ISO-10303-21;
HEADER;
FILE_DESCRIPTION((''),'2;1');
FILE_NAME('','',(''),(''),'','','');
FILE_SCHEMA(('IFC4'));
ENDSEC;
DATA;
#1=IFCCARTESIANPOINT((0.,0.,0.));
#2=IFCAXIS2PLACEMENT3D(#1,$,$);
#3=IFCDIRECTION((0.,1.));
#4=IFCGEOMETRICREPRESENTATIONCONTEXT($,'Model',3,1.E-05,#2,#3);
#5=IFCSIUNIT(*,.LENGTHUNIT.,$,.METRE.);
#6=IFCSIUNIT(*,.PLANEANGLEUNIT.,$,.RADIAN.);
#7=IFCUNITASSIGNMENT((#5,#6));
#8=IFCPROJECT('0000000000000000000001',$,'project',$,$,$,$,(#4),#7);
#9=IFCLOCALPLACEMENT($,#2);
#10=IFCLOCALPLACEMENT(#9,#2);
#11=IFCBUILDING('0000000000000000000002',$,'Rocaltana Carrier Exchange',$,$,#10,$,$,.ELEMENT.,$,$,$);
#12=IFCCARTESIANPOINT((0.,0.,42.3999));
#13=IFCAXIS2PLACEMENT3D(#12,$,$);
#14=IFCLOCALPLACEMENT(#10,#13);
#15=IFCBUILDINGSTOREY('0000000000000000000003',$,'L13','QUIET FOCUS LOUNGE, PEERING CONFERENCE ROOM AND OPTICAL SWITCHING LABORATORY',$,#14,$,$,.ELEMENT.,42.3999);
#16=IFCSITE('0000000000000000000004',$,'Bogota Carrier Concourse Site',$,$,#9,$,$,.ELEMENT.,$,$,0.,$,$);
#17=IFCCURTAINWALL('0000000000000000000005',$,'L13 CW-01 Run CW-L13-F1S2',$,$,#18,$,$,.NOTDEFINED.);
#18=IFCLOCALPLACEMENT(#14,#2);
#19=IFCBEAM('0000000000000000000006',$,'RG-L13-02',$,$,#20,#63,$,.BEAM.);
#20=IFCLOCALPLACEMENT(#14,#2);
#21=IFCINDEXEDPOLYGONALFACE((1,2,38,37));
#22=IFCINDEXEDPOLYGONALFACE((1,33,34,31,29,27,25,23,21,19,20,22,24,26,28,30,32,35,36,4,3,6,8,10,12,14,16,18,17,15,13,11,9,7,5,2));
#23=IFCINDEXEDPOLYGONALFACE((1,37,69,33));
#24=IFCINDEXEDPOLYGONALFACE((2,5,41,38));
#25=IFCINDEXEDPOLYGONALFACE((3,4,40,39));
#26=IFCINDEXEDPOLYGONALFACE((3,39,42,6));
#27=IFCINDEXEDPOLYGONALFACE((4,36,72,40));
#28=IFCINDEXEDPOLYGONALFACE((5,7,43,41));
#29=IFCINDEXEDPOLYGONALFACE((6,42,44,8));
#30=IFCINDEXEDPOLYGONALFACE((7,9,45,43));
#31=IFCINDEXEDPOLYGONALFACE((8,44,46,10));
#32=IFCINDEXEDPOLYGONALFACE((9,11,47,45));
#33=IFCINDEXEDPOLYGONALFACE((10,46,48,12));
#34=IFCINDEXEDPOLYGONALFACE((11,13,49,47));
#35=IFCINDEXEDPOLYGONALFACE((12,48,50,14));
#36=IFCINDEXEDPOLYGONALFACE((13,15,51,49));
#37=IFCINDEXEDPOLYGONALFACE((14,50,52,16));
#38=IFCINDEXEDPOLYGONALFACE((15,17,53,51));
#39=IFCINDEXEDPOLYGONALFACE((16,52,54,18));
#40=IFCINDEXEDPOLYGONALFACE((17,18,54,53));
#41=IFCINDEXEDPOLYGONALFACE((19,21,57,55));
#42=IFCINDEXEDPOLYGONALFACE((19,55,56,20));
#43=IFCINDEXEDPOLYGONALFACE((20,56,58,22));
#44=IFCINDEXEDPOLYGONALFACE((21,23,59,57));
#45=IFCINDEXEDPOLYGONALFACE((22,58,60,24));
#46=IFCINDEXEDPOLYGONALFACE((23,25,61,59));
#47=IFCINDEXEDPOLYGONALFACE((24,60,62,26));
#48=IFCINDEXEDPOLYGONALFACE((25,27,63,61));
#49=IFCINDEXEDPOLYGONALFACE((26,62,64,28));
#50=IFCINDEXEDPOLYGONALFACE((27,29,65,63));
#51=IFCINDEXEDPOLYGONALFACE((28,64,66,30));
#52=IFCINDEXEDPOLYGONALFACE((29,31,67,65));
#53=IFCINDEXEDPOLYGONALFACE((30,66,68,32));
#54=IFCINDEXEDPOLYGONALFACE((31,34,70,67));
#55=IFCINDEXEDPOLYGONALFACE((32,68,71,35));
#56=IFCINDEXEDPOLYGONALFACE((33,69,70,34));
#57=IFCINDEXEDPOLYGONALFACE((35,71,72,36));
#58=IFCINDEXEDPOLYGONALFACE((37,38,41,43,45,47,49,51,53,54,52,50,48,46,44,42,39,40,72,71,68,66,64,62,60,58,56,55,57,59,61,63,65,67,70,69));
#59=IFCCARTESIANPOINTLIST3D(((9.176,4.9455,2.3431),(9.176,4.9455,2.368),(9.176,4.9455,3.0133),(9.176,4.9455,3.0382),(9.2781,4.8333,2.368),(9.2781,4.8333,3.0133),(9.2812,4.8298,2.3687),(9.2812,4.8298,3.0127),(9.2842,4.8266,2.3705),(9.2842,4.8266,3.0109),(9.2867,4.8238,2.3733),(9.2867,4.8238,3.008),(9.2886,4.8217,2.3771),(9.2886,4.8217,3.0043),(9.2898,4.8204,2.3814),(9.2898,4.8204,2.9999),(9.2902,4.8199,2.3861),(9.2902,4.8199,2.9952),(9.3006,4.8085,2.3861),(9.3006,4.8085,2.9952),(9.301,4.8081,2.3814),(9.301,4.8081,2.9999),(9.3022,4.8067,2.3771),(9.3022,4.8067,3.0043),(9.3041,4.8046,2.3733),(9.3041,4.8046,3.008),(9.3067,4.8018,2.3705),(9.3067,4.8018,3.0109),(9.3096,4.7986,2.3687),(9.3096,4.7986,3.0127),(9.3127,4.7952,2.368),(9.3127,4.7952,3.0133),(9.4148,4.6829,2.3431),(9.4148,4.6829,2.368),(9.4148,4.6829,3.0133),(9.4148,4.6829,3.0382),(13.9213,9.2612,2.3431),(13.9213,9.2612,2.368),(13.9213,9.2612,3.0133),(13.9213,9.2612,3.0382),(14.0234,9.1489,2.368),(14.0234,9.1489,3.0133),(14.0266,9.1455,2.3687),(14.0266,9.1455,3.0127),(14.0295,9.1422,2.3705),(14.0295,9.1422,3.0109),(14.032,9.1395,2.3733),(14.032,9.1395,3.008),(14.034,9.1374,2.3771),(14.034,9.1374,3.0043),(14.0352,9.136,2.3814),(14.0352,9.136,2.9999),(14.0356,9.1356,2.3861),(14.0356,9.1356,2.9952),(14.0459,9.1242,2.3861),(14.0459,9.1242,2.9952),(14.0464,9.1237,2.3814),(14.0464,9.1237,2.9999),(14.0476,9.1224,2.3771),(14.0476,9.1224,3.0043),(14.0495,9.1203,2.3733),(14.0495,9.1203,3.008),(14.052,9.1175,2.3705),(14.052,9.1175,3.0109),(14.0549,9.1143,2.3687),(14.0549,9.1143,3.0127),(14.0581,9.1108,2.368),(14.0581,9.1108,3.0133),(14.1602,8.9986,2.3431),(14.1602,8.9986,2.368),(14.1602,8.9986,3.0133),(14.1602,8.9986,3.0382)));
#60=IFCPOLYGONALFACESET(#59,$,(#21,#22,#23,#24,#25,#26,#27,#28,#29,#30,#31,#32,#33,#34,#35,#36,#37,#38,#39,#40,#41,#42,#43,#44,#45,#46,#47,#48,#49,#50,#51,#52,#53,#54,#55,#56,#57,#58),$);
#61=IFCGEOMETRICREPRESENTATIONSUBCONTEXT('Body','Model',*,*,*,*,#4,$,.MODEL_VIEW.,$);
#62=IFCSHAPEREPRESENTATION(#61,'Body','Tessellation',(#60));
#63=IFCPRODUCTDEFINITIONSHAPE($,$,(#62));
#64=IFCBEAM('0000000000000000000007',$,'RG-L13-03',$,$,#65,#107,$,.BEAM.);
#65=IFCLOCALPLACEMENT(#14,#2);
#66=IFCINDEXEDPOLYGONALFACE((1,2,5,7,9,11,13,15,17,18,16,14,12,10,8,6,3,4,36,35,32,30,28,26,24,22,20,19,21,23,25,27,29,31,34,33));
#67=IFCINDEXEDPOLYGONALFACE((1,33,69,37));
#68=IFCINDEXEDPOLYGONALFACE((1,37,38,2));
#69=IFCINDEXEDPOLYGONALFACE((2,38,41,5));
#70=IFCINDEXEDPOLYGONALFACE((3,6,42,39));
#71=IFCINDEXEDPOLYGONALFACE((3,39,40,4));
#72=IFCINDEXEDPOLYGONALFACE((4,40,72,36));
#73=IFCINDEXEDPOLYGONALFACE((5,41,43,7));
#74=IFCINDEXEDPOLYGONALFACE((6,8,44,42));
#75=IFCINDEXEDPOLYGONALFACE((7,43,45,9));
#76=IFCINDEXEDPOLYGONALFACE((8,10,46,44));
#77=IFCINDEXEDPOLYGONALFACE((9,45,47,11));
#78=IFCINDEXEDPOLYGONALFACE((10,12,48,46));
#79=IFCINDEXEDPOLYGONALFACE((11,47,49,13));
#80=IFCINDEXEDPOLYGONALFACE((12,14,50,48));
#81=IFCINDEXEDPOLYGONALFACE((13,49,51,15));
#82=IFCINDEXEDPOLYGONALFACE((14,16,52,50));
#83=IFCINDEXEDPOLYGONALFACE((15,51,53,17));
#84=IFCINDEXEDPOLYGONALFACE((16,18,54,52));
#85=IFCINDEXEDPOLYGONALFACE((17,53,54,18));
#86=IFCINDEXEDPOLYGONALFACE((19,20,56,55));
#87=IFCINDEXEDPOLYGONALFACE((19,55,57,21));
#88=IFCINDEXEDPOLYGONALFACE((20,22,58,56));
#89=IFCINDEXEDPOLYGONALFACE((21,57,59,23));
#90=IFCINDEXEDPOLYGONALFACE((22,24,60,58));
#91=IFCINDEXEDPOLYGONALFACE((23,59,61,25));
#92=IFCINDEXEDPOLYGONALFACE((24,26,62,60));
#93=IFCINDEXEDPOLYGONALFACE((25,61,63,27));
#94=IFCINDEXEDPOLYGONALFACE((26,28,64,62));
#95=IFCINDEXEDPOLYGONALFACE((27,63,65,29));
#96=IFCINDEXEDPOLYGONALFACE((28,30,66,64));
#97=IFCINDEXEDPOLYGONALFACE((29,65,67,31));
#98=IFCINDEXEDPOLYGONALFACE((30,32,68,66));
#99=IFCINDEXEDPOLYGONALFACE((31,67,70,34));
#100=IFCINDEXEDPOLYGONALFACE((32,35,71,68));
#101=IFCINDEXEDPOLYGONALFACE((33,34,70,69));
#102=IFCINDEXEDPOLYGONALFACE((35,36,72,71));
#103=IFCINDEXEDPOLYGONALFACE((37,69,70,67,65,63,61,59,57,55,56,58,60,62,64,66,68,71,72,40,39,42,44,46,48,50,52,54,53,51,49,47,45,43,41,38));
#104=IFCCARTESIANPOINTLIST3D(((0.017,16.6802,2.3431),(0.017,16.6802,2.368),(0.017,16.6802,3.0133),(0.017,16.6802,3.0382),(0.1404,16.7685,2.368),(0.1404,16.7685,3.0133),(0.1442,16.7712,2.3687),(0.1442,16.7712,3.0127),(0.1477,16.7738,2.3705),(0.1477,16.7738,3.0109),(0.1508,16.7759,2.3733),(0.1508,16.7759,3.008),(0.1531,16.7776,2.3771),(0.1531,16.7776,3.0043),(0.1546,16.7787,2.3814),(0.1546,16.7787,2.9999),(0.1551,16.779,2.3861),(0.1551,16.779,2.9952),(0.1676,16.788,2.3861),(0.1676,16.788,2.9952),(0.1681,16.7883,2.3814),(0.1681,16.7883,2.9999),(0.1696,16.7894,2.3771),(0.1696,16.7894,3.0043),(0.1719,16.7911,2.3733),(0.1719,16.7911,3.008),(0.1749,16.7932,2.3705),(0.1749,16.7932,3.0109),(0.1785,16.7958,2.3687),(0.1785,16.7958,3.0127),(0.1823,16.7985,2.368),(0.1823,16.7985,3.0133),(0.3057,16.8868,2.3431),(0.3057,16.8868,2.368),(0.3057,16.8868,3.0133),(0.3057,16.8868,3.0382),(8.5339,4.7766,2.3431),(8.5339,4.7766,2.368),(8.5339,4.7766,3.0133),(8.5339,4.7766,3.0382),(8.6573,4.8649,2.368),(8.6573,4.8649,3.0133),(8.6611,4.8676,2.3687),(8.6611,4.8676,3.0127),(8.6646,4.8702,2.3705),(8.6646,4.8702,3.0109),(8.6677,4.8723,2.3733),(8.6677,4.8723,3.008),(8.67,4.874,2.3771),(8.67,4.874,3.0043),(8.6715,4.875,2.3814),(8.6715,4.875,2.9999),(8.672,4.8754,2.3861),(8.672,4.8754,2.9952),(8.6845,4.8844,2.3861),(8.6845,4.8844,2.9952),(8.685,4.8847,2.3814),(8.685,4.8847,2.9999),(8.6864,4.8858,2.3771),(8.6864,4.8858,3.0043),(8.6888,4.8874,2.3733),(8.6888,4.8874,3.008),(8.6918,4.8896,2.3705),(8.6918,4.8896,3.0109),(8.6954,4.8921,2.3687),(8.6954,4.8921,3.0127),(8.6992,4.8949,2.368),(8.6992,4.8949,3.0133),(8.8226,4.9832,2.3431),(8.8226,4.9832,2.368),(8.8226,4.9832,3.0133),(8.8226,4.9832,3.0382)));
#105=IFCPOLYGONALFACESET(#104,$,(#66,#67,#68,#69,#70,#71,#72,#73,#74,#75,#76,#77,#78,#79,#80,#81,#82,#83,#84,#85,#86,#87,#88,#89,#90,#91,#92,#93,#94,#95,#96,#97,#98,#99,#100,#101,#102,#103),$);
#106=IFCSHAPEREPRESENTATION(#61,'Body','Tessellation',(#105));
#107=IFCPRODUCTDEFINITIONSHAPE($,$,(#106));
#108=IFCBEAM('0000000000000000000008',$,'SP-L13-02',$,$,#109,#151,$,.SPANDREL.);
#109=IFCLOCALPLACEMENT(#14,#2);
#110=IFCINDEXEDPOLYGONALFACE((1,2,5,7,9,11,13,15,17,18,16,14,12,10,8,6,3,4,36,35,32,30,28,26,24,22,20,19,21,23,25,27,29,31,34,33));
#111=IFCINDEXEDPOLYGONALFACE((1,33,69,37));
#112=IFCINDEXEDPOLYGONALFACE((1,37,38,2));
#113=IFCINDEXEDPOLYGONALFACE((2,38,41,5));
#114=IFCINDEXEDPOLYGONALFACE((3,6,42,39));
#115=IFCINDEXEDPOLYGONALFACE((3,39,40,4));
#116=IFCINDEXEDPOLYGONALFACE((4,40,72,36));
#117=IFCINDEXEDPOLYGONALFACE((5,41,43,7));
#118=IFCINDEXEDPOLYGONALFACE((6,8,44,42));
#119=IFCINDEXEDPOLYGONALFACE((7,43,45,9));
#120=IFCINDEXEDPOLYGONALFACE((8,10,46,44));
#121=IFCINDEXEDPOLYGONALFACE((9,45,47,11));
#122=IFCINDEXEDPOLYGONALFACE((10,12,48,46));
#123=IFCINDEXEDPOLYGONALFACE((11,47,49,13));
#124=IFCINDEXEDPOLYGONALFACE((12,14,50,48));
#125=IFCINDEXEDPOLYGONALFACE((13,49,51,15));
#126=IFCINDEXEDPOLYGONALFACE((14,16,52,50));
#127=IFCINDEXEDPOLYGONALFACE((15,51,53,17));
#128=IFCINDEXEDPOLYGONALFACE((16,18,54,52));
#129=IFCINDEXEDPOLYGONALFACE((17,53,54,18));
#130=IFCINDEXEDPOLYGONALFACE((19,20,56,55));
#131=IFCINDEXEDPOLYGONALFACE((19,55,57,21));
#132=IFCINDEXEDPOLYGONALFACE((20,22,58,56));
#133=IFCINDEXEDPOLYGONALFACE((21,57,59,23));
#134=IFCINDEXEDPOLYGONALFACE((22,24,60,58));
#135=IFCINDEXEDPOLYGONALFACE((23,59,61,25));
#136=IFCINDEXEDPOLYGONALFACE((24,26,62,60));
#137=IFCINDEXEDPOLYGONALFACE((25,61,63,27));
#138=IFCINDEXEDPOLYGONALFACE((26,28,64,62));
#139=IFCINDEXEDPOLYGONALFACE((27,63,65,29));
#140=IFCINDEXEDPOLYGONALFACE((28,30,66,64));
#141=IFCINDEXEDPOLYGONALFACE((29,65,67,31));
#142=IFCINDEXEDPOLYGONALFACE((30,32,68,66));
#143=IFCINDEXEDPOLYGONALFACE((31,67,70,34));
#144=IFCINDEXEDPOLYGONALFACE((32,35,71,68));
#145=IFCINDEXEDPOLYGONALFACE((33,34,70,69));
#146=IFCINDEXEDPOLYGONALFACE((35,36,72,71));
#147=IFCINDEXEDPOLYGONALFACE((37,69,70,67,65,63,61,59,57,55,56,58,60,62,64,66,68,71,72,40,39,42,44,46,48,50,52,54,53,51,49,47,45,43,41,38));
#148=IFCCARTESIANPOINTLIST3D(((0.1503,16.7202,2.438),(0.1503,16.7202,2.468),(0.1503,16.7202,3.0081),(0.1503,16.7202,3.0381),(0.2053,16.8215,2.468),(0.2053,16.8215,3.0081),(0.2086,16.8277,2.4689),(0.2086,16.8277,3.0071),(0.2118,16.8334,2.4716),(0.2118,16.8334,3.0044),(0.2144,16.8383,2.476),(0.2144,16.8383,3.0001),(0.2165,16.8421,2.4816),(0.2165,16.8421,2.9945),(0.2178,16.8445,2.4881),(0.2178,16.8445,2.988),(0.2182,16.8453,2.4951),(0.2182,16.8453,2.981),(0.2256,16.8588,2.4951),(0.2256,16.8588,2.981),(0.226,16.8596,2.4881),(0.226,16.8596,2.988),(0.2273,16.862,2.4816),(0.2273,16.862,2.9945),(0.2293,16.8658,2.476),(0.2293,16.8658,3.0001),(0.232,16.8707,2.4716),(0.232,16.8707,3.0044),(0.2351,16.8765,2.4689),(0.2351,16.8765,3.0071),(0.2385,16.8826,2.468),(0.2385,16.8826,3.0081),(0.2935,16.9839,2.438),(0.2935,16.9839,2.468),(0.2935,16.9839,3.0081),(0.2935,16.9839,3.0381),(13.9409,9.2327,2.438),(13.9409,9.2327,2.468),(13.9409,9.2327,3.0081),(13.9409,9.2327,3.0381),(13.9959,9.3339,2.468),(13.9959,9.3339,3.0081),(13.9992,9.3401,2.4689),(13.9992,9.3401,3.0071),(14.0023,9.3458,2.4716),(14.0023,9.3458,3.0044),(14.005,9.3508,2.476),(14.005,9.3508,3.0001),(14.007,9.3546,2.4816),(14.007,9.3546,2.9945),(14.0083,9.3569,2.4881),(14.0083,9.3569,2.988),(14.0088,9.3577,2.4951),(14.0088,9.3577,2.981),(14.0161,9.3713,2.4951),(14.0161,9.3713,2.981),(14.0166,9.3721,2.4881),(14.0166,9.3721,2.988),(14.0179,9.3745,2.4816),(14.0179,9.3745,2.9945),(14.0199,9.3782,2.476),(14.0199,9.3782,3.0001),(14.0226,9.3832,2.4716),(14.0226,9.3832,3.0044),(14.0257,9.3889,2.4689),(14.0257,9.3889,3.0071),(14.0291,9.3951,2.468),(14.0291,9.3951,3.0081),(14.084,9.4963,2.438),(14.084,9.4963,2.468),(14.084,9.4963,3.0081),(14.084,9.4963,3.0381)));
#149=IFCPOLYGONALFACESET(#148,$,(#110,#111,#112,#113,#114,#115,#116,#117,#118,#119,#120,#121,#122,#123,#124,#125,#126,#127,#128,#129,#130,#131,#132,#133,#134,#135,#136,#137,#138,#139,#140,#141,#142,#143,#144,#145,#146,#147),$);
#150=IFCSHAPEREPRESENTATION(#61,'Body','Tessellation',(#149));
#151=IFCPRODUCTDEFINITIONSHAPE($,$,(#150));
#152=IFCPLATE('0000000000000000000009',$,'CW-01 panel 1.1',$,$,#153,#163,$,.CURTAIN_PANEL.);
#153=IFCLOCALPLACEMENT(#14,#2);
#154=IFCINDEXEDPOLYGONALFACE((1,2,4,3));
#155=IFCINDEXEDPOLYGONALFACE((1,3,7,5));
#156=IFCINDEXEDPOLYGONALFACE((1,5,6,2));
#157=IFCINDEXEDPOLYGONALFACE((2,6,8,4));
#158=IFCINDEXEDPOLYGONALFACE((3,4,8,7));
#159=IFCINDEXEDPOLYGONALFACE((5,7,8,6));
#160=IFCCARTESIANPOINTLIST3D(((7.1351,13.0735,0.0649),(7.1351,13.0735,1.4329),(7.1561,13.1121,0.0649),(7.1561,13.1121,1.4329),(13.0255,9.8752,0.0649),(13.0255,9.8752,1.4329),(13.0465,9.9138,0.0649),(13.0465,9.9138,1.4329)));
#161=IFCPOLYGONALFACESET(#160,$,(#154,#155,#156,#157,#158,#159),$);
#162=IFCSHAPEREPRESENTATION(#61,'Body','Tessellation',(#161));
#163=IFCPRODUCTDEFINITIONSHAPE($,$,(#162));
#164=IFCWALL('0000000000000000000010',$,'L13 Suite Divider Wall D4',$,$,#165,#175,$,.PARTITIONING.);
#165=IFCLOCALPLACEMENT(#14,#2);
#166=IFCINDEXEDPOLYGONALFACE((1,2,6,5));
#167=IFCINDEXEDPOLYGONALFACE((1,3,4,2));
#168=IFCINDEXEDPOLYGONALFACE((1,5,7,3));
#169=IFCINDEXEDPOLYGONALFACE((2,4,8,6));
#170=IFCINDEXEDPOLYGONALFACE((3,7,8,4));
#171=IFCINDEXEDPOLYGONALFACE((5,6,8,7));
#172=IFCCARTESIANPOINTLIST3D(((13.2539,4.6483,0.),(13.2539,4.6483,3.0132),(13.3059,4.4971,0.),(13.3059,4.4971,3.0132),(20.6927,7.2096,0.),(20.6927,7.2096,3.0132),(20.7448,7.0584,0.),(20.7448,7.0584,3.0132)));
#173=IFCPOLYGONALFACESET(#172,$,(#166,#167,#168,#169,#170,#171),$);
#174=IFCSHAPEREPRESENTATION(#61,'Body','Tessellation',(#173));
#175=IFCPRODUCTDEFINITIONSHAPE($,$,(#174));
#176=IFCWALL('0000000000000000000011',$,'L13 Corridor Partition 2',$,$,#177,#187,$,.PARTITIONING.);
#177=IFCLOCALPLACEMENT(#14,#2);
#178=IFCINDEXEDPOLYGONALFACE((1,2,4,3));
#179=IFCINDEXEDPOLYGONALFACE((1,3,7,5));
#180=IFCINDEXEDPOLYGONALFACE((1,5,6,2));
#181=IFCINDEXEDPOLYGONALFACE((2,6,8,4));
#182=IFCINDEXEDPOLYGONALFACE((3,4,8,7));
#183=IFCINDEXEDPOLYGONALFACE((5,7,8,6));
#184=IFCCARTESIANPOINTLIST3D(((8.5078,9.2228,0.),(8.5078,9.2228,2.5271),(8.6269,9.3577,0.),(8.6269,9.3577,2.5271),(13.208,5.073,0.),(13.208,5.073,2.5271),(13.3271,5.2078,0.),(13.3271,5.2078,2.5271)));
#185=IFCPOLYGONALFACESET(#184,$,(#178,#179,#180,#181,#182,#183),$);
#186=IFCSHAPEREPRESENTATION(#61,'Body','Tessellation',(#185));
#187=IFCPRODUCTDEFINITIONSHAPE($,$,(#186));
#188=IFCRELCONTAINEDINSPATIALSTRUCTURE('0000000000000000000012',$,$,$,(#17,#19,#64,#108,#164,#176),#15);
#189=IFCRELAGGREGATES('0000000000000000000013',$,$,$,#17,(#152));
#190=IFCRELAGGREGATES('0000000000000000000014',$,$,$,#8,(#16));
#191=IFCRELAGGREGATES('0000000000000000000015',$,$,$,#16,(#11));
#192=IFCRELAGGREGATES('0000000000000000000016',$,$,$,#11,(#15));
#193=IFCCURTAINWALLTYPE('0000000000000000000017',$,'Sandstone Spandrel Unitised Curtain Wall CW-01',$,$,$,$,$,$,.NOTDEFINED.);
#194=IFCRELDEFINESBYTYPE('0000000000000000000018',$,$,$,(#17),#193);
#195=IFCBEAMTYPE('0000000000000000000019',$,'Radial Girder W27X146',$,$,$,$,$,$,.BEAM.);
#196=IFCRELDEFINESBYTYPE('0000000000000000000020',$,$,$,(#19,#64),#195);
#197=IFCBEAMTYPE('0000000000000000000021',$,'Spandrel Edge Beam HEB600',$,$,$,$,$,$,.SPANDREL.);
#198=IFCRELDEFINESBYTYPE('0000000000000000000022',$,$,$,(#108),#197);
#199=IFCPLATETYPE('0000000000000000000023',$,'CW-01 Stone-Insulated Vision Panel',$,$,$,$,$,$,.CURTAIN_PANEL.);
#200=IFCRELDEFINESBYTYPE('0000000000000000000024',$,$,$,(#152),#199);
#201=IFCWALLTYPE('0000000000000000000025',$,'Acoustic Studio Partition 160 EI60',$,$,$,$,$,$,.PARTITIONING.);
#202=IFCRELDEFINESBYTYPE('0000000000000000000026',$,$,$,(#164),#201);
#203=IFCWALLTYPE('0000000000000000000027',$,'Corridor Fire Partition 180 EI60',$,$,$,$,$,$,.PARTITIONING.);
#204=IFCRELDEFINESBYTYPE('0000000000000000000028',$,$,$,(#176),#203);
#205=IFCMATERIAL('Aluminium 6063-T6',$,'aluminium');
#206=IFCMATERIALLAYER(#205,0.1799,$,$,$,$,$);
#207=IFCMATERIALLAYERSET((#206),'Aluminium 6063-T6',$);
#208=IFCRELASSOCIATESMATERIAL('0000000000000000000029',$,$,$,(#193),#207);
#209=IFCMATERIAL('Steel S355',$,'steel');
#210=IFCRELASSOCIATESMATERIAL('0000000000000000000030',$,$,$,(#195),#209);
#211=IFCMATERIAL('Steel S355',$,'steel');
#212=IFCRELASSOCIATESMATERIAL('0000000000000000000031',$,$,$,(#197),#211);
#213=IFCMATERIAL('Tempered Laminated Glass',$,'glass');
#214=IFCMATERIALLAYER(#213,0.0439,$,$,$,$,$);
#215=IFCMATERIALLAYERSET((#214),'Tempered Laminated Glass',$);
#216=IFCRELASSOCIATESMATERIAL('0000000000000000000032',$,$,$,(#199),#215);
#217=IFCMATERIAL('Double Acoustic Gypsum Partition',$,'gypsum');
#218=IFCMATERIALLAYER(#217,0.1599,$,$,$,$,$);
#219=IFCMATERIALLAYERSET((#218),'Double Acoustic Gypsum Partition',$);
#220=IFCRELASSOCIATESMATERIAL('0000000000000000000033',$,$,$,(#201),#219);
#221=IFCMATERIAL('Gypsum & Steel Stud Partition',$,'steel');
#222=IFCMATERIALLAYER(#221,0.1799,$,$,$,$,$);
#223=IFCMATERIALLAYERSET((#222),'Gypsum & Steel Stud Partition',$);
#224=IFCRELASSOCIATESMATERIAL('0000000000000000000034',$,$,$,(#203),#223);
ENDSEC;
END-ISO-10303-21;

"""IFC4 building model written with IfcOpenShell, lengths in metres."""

from ifc_helpers import new_model, si_unit, direction, frame, frame_2d, origin, origin_2d, place, context, subcontext, project, spatial, rectangle, i_section, extrude, material, layer, layer_set, material_profile, profile_set, type_object, element, aggregate, save


model = new_model("IFC4")

# Units and contexts
model_context = context("Model", 3, precision=1e-05, world=origin(), true_north=direction((0.0, 1.0)))
body_context = subcontext(model_context, "Body", "Model", "MODEL_VIEW")
ifc_project = project(units=[si_unit("LENGTHUNIT", "METRE"), si_unit("PLANEANGLEUNIT", "RADIAN")], contexts=[model_context])

# Site, building, storey
site_placement = place(None, origin())
site = spatial("IfcSite", under=ifc_project, at=site_placement, Name="Bogota Carrier Concourse Site", CompositionType="ELEMENT", RefElevation=0.0)
building_placement = place(site_placement, origin())
building = spatial("IfcBuilding", under=site, at=building_placement, Name="Rocaltana Carrier Exchange", CompositionType="ELEMENT")
storey_placement = place(building_placement, frame((0.0, 0.0, 42.3999)))
storey = spatial("IfcBuildingStorey", under=building, at=storey_placement, Name="L13", Description="QUIET FOCUS LOUNGE, PEERING CONFERENCE ROOM AND OPTICAL SWITCHING LABORATORY", CompositionType="ELEMENT", Elevation=42.3999)

# Curtain wall
ifc_material_1 = material(Name="Aluminium 6063-T6", Category="aluminium")
ifc_layer_1 = layer(ifc_material_1, 0.1799)
ifc_layer_set_1 = layer_set([ifc_layer_1], Name="Aluminium 6063-T6")
curtain_wall_type = type_object("IfcCurtainWallType", Name="Sandstone Spandrel Unitised Curtain Wall CW-01", PredefinedType="NOTDEFINED", material=ifc_layer_set_1)
curtain_wall_placement = place(storey_placement, origin())
curtain_wall = element("IfcCurtainWall", 1, at=curtain_wall_placement, inside=storey, type_object=curtain_wall_type, Name="L13 CW-01 Run CW-L13-F1S2", PredefinedType="NOTDEFINED")

# Beams
ifc_material_2 = material(Name="Steel S355", Category="steel")
ifc_material_profile_1 = material_profile(ifc_material_2, i_section(OverallWidth=0.355, OverallDepth=0.6951, WebThickness=0.0154, FlangeThickness=0.0249, FilletRadius=0.0181, at=origin_2d()), Name="W27X146")
ifc_profile_set_1 = profile_set([ifc_material_profile_1], Name="Steel S355")
beam_type_1 = type_object("IfcBeamType", Name="Radial Girder W27X146", PredefinedType="BEAM", material=ifc_profile_set_1)
beam_1_placement = place(storey_placement, frame((9.2954, 4.8142, 2.6907), z_axis=(0.739807, 0.672819, 0.0), x_axis=(-0.672819, 0.739807, 0.0)))
element("IfcBeam", 2, at=beam_1_placement, inside=storey, type_object=beam_type_1, Name="RG-L13-02", PredefinedType="BEAM", context=body_context, shape_type="SweptSolid", body=[
    extrude(i_section(OverallWidth=0.355, OverallDepth=0.6951, WebThickness=0.0154, FlangeThickness=0.0249, FilletRadius=0.0181, at=origin_2d()), origin(), (0.0, 0.0, 1.0), 6.4143),
])
beam_2_placement = place(storey_placement, frame((8.6782, 4.8799, 2.6907), z_axis=(-0.581885, 0.813271, 0.0), x_axis=(-0.813271, -0.581885, 0.0)))
element("IfcBeam", 3, at=beam_2_placement, inside=storey, type_object=beam_type_1, Name="RG-L13-03", PredefinedType="BEAM", context=body_context, shape_type="SweptSolid", body=[
    extrude(i_section(OverallWidth=0.355, OverallDepth=0.6951, WebThickness=0.0154, FlangeThickness=0.0249, FilletRadius=0.0181, at=origin_2d()), origin(), (0.0, 0.0, 1.0), 14.6367),
])
ifc_material_3 = material(Name="Steel S355", Category="steel")
ifc_material_profile_2 = material_profile(ifc_material_3, i_section(OverallWidth=0.3, OverallDepth=0.6001, WebThickness=0.0154, FlangeThickness=0.03, FilletRadius=0.0271, at=origin_2d()), Name="HEB600")
ifc_profile_set_2 = profile_set([ifc_material_profile_2], Name="Steel S355")
beam_type_2 = type_object("IfcBeamType", Name="Spandrel Edge Beam HEB600", PredefinedType="SPANDREL", material=ifc_profile_set_2)
beam_3_placement = place(storey_placement, frame((14.0125, 9.3645, 2.738), z_axis=(-0.87882, 0.477154, 0.0), x_axis=(-0.477154, -0.87882, 0.0)))
element("IfcBeam", 4, at=beam_3_placement, inside=storey, type_object=beam_type_2, Name="SP-L13-02", PredefinedType="SPANDREL", context=body_context, shape_type="SweptSolid", body=[
    extrude(i_section(OverallWidth=0.3, OverallDepth=0.6001, WebThickness=0.0154, FlangeThickness=0.03, FilletRadius=0.0271, at=origin_2d()), origin(), (0.0, 0.0, 1.0), 15.6921),
])

# Plate
ifc_material_4 = material(Name="Tempered Laminated Glass", Category="glass")
ifc_layer_2 = layer(ifc_material_4, 0.0439)
ifc_layer_set_2 = layer_set([ifc_layer_2], Name="Tempered Laminated Glass")
plate_type = type_object("IfcPlateType", Name="CW-01 Stone-Insulated Vision Panel", PredefinedType="CURTAIN_PANEL", material=ifc_layer_set_2)
plate_placement = place(storey_placement, frame((10.0908, 11.4937, 0.0649), z_axis=(0.0, 0.0, 1.0), x_axis=(-0.878814, 0.477164, 0.0)))
plate = element("IfcPlate", 5, at=plate_placement, type_object=plate_type, Name="CW-01 panel 1.1", PredefinedType="CURTAIN_PANEL", context=body_context, shape_type="SweptSolid", body=[
    extrude(rectangle(XDim=6.7026, YDim=0.0439, at=origin_2d()), origin(), (0.0, 0.0, 1.0), 1.3679),
])
aggregate(curtain_wall, [plate])

# Walls
ifc_material_5 = material(Name="Double Acoustic Gypsum Partition", Category="gypsum")
ifc_layer_3 = layer(ifc_material_5, 0.1599)
ifc_layer_set_3 = layer_set([ifc_layer_3], Name="Double Acoustic Gypsum Partition")
wall_type_1 = type_object("IfcWallType", Name="Acoustic Studio Partition 160 EI60", PredefinedType="PARTITIONING", material=ifc_layer_set_3)
wall_1_placement = place(storey_placement, frame((13.28, 4.5728, 0.0), z_axis=(0.0, 0.0, 1.0), x_axis=(0.945525, 0.32555, 0.0)))
element("IfcWall", 6, at=wall_1_placement, inside=storey, type_object=wall_type_1, Name="L13 Suite Divider Wall D4", PredefinedType="PARTITIONING", context=body_context, shape_type="SweptSolid", body=[
    extrude(rectangle(XDim=7.8674, YDim=0.1599, at=frame_2d((3.9336, 0.0))), origin(), (0.0, 0.0, 1.0), 3.0132),
])
ifc_material_6 = material(Name="Gypsum & Steel Stud Partition", Category="steel")
ifc_layer_4 = layer(ifc_material_6, 0.1799)
ifc_layer_set_4 = layer_set([ifc_layer_4], Name="Gypsum & Steel Stud Partition")
wall_type_2 = type_object("IfcWallType", Name="Corridor Fire Partition 180 EI60", PredefinedType="PARTITIONING", material=ifc_layer_set_4)
wall_2_placement = place(storey_placement, frame((8.5674, 9.2903, 0.0), z_axis=(0.0, 0.0, 1.0), x_axis=(0.749626, -0.661861, 0.0)))
element("IfcWall", 7, at=wall_2_placement, inside=storey, type_object=wall_type_2, Name="L13 Corridor Partition 2", PredefinedType="PARTITIONING", context=body_context, shape_type="SweptSolid", body=[
    extrude(rectangle(XDim=6.27, YDim=0.1799, at=frame_2d((3.135, 0.0))), origin(), (0.0, 0.0, 1.0), 2.5271),
])

save(model, "model.ifc")
